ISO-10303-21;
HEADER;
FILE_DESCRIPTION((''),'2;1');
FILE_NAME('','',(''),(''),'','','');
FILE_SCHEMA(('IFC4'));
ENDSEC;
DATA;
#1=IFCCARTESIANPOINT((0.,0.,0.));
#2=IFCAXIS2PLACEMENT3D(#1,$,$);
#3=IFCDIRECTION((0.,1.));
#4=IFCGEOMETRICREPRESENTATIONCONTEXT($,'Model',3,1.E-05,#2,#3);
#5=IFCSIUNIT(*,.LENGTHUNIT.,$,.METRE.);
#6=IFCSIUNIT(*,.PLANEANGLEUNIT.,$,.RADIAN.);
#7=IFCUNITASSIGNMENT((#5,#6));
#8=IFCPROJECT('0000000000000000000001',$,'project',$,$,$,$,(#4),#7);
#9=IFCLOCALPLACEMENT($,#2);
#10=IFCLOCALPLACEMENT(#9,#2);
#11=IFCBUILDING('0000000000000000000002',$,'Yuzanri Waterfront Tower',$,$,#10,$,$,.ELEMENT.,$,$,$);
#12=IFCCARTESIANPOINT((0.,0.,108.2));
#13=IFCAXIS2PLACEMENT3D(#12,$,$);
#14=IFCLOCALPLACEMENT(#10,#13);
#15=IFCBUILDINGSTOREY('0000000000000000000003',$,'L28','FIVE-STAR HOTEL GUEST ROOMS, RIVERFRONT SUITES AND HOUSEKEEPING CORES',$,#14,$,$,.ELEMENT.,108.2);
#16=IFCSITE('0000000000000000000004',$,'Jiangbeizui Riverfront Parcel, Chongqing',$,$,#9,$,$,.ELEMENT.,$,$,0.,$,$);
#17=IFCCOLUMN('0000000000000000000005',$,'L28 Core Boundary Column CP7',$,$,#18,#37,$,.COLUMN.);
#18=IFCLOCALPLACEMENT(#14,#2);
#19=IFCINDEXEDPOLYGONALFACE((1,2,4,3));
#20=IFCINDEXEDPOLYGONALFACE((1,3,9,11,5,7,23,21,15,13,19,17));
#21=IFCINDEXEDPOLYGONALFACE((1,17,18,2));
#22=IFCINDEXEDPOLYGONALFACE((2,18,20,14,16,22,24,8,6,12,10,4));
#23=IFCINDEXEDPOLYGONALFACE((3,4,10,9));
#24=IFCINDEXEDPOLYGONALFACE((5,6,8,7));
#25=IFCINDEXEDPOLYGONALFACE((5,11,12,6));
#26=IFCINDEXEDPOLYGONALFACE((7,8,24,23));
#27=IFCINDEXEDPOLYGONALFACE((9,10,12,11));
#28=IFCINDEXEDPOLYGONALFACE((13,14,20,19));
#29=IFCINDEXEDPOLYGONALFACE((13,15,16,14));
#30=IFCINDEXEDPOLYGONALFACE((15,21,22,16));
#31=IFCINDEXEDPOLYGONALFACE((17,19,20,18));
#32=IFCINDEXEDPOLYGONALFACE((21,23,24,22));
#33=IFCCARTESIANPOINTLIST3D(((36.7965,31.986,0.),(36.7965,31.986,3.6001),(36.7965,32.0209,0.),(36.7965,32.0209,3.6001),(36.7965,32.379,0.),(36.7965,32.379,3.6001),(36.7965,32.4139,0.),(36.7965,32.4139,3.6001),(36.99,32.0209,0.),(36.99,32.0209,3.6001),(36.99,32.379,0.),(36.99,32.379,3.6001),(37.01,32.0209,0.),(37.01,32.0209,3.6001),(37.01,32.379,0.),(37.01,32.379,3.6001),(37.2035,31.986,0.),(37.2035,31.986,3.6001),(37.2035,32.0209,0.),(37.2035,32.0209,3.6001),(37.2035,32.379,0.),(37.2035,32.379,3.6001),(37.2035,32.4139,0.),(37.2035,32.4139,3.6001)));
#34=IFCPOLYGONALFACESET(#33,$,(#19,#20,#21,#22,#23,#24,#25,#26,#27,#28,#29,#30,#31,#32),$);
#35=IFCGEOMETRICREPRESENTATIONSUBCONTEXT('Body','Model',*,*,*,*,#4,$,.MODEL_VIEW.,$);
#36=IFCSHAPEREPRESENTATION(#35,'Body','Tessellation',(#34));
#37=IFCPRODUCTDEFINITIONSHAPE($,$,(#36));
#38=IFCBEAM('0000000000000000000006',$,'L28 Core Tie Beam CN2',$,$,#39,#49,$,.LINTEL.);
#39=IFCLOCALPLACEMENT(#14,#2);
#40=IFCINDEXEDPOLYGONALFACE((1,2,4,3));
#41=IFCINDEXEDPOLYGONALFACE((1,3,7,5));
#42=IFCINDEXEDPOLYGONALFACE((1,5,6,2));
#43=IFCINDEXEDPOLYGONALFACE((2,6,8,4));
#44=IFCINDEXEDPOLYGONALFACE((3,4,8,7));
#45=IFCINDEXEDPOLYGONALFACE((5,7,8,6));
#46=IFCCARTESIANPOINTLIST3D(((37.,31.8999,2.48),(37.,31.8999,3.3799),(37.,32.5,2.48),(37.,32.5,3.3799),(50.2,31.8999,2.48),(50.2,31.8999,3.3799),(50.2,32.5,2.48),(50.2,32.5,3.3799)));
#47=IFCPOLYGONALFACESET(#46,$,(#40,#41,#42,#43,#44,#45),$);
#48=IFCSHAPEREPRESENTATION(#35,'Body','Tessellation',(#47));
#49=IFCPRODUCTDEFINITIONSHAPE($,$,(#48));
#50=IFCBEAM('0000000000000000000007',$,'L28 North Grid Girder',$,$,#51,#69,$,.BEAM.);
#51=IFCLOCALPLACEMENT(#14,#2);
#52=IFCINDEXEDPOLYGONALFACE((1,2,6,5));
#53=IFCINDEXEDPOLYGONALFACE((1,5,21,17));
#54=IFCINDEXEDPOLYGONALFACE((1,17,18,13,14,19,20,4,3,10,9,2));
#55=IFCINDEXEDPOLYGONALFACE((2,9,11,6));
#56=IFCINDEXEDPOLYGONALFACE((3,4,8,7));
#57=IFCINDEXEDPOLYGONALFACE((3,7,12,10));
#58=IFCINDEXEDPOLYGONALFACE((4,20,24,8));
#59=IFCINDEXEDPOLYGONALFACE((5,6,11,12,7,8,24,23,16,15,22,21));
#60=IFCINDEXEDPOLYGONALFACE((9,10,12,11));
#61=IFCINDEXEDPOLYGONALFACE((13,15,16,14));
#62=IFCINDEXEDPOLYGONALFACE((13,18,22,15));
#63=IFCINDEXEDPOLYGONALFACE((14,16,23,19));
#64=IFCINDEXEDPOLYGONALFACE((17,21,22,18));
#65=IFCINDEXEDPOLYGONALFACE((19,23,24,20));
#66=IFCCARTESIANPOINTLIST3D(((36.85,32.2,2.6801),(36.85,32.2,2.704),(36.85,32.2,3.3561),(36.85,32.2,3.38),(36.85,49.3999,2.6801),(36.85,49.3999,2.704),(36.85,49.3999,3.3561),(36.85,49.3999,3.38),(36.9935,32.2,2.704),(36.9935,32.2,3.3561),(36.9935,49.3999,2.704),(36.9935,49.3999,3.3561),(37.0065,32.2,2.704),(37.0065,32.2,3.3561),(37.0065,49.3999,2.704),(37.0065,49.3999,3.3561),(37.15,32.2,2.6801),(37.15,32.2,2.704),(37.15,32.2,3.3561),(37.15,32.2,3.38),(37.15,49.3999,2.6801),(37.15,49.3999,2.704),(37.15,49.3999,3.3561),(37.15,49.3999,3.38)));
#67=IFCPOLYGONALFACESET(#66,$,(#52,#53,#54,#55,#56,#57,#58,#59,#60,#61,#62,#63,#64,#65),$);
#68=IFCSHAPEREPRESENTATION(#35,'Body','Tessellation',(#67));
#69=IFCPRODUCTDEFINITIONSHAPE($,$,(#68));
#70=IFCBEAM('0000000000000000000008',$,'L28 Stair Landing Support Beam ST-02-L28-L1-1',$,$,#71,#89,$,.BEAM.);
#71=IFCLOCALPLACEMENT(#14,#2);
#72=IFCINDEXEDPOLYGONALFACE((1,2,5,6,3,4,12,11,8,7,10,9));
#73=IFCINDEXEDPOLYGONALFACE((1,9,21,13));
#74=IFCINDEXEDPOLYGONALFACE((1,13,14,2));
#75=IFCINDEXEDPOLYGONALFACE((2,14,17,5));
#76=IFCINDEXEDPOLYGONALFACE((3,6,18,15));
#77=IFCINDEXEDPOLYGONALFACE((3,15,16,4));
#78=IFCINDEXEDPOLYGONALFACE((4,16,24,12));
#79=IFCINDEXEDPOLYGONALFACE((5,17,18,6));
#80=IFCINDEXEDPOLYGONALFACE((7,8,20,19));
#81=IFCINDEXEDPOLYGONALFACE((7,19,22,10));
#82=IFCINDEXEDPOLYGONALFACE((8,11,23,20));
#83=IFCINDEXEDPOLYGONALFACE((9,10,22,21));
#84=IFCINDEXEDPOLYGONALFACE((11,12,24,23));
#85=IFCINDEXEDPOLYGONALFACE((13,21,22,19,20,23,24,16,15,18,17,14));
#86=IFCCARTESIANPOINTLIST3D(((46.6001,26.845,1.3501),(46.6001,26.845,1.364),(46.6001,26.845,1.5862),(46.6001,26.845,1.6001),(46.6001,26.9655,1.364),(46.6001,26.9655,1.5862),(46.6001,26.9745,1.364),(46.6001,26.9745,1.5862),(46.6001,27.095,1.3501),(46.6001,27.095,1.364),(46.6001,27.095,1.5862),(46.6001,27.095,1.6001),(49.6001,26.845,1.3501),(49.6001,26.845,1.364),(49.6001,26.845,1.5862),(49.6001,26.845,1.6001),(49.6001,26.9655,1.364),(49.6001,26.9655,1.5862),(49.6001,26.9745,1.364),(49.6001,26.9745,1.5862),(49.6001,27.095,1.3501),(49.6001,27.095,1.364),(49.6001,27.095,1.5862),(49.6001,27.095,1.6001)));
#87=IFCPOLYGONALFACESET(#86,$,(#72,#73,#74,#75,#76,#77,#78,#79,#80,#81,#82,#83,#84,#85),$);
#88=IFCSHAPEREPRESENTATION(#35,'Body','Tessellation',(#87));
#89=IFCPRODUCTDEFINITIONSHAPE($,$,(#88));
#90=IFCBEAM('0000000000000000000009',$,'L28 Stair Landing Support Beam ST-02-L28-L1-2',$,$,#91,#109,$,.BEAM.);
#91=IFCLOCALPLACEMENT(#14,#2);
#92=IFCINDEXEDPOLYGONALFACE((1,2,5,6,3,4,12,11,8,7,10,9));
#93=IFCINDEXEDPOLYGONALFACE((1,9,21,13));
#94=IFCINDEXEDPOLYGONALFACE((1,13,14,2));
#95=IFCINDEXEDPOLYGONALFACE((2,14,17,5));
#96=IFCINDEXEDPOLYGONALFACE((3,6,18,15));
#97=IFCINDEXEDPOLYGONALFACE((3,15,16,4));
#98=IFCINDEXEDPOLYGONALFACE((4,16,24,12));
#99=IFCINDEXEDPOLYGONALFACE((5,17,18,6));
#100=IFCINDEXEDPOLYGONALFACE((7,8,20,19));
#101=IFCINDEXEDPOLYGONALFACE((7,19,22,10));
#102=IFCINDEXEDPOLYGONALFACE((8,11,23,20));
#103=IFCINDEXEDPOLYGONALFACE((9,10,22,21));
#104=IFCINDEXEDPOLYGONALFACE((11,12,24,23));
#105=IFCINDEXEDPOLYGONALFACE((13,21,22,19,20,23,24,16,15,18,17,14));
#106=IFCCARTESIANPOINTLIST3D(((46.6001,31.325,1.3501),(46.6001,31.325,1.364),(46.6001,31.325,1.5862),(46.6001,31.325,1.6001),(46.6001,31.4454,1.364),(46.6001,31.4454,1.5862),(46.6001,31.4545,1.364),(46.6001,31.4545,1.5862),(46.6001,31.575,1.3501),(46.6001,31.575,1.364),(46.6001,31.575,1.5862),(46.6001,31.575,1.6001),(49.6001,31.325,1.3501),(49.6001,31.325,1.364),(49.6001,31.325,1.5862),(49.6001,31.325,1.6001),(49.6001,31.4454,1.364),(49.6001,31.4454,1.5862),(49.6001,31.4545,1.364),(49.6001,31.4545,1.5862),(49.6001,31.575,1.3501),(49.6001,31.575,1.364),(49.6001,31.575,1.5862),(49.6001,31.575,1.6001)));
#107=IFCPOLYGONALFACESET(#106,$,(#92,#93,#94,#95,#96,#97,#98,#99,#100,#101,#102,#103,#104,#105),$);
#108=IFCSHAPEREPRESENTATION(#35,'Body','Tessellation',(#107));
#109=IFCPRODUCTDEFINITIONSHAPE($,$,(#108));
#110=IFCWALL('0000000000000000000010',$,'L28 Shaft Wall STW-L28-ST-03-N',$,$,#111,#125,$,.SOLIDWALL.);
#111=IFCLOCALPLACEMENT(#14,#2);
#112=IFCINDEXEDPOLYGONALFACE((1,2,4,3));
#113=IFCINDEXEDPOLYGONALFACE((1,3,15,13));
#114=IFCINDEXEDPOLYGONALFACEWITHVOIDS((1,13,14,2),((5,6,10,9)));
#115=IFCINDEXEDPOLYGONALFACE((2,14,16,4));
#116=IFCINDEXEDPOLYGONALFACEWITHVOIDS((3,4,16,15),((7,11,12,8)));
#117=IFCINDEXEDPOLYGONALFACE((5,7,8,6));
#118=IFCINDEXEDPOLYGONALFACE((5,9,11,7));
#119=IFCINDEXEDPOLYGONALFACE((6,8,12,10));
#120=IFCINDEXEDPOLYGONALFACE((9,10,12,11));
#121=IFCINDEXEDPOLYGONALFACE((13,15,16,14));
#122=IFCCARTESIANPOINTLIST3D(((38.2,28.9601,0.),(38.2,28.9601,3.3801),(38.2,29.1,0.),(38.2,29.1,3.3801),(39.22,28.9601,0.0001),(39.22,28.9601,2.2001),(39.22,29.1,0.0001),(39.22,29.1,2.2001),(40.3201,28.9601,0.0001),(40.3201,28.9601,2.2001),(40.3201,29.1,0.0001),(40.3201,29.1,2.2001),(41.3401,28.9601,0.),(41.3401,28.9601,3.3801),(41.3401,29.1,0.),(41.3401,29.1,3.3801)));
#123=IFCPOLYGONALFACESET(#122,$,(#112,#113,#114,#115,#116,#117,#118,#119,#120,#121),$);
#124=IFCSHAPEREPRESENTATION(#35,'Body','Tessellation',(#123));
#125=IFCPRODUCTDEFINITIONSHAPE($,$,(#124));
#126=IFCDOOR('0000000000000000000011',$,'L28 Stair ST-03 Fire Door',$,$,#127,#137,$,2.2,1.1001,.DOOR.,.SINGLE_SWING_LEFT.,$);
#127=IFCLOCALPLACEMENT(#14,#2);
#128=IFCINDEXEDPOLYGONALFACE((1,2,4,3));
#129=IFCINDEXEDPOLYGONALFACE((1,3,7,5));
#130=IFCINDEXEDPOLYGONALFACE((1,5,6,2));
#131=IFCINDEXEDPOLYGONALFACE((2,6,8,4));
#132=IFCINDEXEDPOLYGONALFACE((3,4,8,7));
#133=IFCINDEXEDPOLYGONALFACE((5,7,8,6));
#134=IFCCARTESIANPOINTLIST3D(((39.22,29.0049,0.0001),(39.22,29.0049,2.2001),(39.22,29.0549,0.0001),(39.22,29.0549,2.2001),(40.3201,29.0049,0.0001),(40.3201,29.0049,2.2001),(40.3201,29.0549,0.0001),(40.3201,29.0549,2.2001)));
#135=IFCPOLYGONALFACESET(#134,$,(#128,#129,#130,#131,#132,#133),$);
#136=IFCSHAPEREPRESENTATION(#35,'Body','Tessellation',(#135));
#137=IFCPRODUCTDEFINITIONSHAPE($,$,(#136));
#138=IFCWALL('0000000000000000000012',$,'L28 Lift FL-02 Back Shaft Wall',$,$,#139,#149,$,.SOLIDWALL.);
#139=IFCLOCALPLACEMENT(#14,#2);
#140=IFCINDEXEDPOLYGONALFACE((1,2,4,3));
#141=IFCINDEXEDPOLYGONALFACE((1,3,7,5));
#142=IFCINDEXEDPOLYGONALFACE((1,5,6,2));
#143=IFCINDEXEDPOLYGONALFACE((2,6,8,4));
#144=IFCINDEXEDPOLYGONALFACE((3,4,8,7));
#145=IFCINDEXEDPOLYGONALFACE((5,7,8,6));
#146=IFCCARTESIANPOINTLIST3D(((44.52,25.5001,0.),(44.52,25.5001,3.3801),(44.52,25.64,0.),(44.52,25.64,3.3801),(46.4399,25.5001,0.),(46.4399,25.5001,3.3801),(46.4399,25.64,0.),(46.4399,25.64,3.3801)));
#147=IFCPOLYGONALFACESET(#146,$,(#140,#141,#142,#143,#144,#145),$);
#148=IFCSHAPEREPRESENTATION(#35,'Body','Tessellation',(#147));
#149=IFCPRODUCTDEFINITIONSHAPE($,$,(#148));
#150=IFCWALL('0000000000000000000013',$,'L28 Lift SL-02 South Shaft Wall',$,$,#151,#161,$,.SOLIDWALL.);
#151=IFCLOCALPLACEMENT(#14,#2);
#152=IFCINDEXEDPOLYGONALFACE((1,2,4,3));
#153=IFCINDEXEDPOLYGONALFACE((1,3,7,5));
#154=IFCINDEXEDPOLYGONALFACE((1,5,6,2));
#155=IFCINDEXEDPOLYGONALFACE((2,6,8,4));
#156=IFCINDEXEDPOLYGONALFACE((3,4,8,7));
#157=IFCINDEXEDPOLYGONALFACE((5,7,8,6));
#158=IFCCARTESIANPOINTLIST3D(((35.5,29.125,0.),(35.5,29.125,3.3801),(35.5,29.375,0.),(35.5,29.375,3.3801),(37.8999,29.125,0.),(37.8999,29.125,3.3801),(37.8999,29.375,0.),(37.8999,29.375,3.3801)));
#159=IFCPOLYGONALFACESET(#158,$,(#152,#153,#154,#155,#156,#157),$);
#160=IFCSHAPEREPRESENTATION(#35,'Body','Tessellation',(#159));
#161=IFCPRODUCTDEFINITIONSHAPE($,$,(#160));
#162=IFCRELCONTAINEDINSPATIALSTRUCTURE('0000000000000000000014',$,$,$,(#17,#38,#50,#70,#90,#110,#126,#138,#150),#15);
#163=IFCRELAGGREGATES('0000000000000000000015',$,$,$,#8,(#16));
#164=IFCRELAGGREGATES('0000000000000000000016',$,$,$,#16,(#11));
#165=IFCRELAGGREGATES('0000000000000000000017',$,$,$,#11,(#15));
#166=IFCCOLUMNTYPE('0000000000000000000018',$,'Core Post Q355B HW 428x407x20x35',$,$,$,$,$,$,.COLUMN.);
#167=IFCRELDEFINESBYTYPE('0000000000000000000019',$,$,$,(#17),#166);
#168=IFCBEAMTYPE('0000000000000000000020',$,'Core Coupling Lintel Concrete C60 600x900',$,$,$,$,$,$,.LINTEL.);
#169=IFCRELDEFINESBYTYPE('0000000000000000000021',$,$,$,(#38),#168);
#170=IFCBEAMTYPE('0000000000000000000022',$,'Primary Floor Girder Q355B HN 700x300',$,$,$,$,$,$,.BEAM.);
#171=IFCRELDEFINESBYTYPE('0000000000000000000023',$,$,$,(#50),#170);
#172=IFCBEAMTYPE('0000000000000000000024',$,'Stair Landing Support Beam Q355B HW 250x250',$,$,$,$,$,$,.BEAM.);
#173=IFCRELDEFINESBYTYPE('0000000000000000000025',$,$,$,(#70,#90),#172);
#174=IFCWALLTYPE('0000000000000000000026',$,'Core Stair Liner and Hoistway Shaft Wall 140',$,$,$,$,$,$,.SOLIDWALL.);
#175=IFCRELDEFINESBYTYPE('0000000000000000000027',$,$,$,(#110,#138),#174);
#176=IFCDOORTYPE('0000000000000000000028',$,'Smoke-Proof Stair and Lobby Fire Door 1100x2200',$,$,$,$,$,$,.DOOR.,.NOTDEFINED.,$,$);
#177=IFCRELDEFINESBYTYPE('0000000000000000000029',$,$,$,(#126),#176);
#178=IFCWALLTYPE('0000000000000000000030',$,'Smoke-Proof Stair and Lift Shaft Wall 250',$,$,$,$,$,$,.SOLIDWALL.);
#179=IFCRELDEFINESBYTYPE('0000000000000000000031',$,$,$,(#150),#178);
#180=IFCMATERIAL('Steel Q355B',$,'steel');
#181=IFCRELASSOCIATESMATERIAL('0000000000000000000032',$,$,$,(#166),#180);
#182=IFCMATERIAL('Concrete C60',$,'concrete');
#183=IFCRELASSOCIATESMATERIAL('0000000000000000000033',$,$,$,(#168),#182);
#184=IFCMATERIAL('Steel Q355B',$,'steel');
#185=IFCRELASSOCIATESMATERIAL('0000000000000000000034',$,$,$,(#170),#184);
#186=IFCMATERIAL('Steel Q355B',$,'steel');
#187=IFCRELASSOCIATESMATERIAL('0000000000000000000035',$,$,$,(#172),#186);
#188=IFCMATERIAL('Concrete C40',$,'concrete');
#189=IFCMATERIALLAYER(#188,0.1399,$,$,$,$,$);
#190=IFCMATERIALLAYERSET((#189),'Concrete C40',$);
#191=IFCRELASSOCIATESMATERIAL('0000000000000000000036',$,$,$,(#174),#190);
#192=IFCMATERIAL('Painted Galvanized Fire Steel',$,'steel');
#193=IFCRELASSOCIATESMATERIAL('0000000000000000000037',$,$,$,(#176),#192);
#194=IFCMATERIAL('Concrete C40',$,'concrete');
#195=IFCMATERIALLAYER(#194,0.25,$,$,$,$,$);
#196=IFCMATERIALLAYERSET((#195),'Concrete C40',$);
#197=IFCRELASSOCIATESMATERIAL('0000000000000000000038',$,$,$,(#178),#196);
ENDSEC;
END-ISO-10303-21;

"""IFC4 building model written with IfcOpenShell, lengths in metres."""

from ifc_helpers import new_model, si_unit, direction, frame, frame_2d, origin, origin_2d, place, context, subcontext, project, spatial, rectangle, i_section, extrude, source, transform, mapped, material, layer, layer_set, material_profile, profile_set, type_object, element, fill, save


model = new_model("IFC4")

# Units and contexts
model_context = context("Model", 3, precision=1e-05, world=origin(), true_north=direction((0.0, 1.0)))
body_context = subcontext(model_context, "Body", "Model", "MODEL_VIEW")
ifc_project = project(units=[si_unit("LENGTHUNIT", "METRE"), si_unit("PLANEANGLEUNIT", "RADIAN")], contexts=[model_context])

# Site, building, storey
site_placement = place(None, origin())
site = spatial("IfcSite", under=ifc_project, at=site_placement, Name="Jiangbeizui Riverfront Parcel, Chongqing", CompositionType="ELEMENT", RefElevation=0.0)
building_placement = place(site_placement, origin())
building = spatial("IfcBuilding", under=site, at=building_placement, Name="Yuzanri Waterfront Tower", CompositionType="ELEMENT")
storey_placement = place(building_placement, frame((0.0, 0.0, 108.2)))
storey = spatial("IfcBuildingStorey", under=building, at=storey_placement, Name="L28", Description="FIVE-STAR HOTEL GUEST ROOMS, RIVERFRONT SUITES AND HOUSEKEEPING CORES", CompositionType="ELEMENT", Elevation=108.2)

# Column
ifc_material_1 = material(Name="Steel Q355B", Category="steel")
ifc_material_profile_1 = material_profile(ifc_material_1, i_section(OverallWidth=0.407, OverallDepth=0.428, WebThickness=0.02, FlangeThickness=0.0349, at=origin_2d()), Name="HW 428x407x20x35")
ifc_profile_set_1 = profile_set([ifc_material_profile_1], Name="Steel Q355B")
column_type = type_object("IfcColumnType", Name="Core Post Q355B HW 428x407x20x35", PredefinedType="COLUMN", material=ifc_profile_set_1)
shared_shape_1 = source(origin(), body_context, "Body", "SweptSolid", [
    extrude(i_section(OverallWidth=0.407, OverallDepth=0.428, WebThickness=0.02, FlangeThickness=0.0349, at=origin_2d()), origin(), (0.0, 0.0, 1.0), 3.6001),
])
column_placement = place(storey_placement, frame((37.0, 32.2, 0.0), z_axis=(0.0, 0.0, 1.0), x_axis=(1.0, 0.0, 0.0)))
element("IfcColumn", 1, at=column_placement, inside=storey, type_object=column_type, Name="L28 Core Boundary Column CP7", PredefinedType="COLUMN", context=body_context, shape_type="MappedRepresentation", body=[
    mapped(shared_shape_1, transform((0.0, 0.0, 0.0), scale=1.0)),
])

# Beams
ifc_material_2 = material(Name="Concrete C60", Category="concrete")
ifc_material_profile_2 = material_profile(ifc_material_2, rectangle(XDim=0.6001, YDim=0.8999, at=origin_2d()), Name="RC 600x900")
ifc_profile_set_2 = profile_set([ifc_material_profile_2], Name="Concrete C60")
beam_type_1 = type_object("IfcBeamType", Name="Core Coupling Lintel Concrete C60 600x900", PredefinedType="LINTEL", material=ifc_profile_set_2)
shared_shape_2 = source(origin(), body_context, "Body", "SweptSolid", [
    extrude(rectangle(XDim=0.6001, YDim=0.8999, at=origin_2d()), origin(), (0.0, 0.0, 1.0), 13.2),
])
beam_1_placement = place(storey_placement, frame((37.0, 32.2, 2.9299), z_axis=(1.0, 0.0, 0.0), x_axis=(0.0, 1.0, 0.0)))
element("IfcBeam", 2, at=beam_1_placement, inside=storey, type_object=beam_type_1, Name="L28 Core Tie Beam CN2", PredefinedType="LINTEL", context=body_context, shape_type="MappedRepresentation", body=[
    mapped(shared_shape_2, transform((0.0, 0.0, 0.0), scale=1.0)),
])
ifc_material_3 = material(Name="Steel Q355B", Category="steel")
ifc_material_profile_3 = material_profile(ifc_material_3, i_section(OverallWidth=0.3, OverallDepth=0.7, WebThickness=0.0129, FlangeThickness=0.0239, at=origin_2d()), Name="HN 700x300x13x24")
ifc_profile_set_3 = profile_set([ifc_material_profile_3], Name="Steel Q355B")
beam_type_2 = type_object("IfcBeamType", Name="Primary Floor Girder Q355B HN 700x300", PredefinedType="BEAM", material=ifc_profile_set_3)
shared_shape_3 = source(origin(), body_context, "Body", "SweptSolid", [
    extrude(i_section(OverallWidth=0.3, OverallDepth=0.7, WebThickness=0.0129, FlangeThickness=0.0239, at=origin_2d()), origin(), (0.0, 0.0, 1.0), 17.2),
])
beam_2_placement = place(storey_placement, frame((37.0, 32.2, 3.03), z_axis=(0.0, 1.0, 0.0), x_axis=(-1.0, 0.0, 0.0)))
element("IfcBeam", 3, at=beam_2_placement, inside=storey, type_object=beam_type_2, Name="L28 North Grid Girder", PredefinedType="BEAM", context=body_context, shape_type="MappedRepresentation", body=[
    mapped(shared_shape_3, transform((0.0, 0.0, 0.0), scale=1.0)),
])
ifc_material_4 = material(Name="Steel Q355B", Category="steel")
ifc_material_profile_4 = material_profile(ifc_material_4, i_section(OverallWidth=0.25, OverallDepth=0.25, WebThickness=0.009, FlangeThickness=0.0139, at=origin_2d()), Name="HW 250x250x9x14")
ifc_profile_set_4 = profile_set([ifc_material_profile_4], Name="Steel Q355B")
beam_type_3 = type_object("IfcBeamType", Name="Stair Landing Support Beam Q355B HW 250x250", PredefinedType="BEAM", material=ifc_profile_set_4)
shared_shape_4 = source(origin(), body_context, "Body", "SweptSolid", [
    extrude(i_section(OverallWidth=0.25, OverallDepth=0.25, WebThickness=0.009, FlangeThickness=0.0139, at=origin_2d()), origin(), (0.0, 0.0, 1.0), 3.0),
])
for number, where, z_axis, x_axis, name in (
    (4, (46.6001, 26.97, 1.4751), (1.0, 0.0, 0.0), (0.0, 1.0, 0.0), "L28 Stair Landing Support Beam ST-02-L28-L1-1"),
    (5, (46.6001, 31.45, 1.4751), (1.0, 0.0, 0.0), (0.0, 1.0, 0.0), "L28 Stair Landing Support Beam ST-02-L28-L1-2"),
):
    element("IfcBeam", number, at=place(storey_placement, frame(where, z_axis=z_axis, x_axis=x_axis)), inside=storey, type_object=beam_type_3, Name=name, PredefinedType="BEAM", context=body_context, shape_type="MappedRepresentation", body=[
        mapped(shared_shape_4, transform((0.0, 0.0, 0.0), scale=1.0)),
    ])

# Wall, opening, door
ifc_material_5 = material(Name="Concrete C40", Category="concrete")
ifc_layer_1 = layer(ifc_material_5, 0.1399)
ifc_layer_set_1 = layer_set([ifc_layer_1], Name="Concrete C40")
wall_type_1 = type_object("IfcWallType", Name="Core Stair Liner and Hoistway Shaft Wall 140", PredefinedType="SOLIDWALL", material=ifc_layer_set_1)
wall_1_placement = place(storey_placement, frame((38.2, 29.03, 0.0), z_axis=(0.0, 0.0, 1.0), x_axis=(1.0, 0.0, 0.0)))
wall_1 = element("IfcWall", 6, at=wall_1_placement, inside=storey, type_object=wall_type_1, Name="L28 Shaft Wall STW-L28-ST-03-N", PredefinedType="SOLIDWALL", context=body_context, shape_type="SweptSolid", body=[
    extrude(rectangle(XDim=3.1401, YDim=0.1399, at=frame_2d((1.5701, 0.0))), origin(), (0.0, 0.0, 1.0), 3.3801),
])
opening_placement = place(wall_1_placement, frame((1.02, 0.0, 0.0)))
opening = element("IfcOpeningElement", 7, at=opening_placement, cuts=wall_1, PredefinedType="OPENING", context=body_context, shape_type="SweptSolid", body=[
    extrude(rectangle(XDim=1.1001, YDim=2.2, at=frame_2d((0.55, 1.1001))), frame((0.0, 0.085, 0.0), z_axis=(0.0, -1.0, 0.0), x_axis=(1.0, 0.0, 0.0)), (0.0, 0.0, 1.0), 0.1697),
])
ifc_material_6 = material(Name="Painted Galvanized Fire Steel", Category="steel")
door_type = type_object("IfcDoorType", Name="Smoke-Proof Stair and Lobby Fire Door 1100x2200", OperationType="NOTDEFINED", PredefinedType="DOOR", material=ifc_material_6)
shared_shape_5 = source(origin(), body_context, "Body", "SweptSolid", [
    extrude(rectangle(XDim=1.1001, YDim=2.2, at=frame_2d((0.55, 1.1001))), frame((0.0, 0.0249, 0.0), z_axis=(0.0, -1.0, 0.0), x_axis=(1.0, 0.0, 0.0)), (0.0, 0.0, 1.0), 0.05),
])
door_placement = place(opening_placement, origin())
door = element("IfcDoor", 8, at=door_placement, inside=storey, type_object=door_type, Name="L28 Stair ST-03 Fire Door", OperationType="SINGLE_SWING_LEFT", OverallHeight=2.2, OverallWidth=1.1001, PredefinedType="DOOR", context=body_context, shape_type="MappedRepresentation", body=[
    mapped(shared_shape_5, transform((0.0, 0.0, 0.0), scale=1.0)),
])
fill(opening, door)

# Walls
shared_shape_6 = source(origin(), body_context, "Body", "SweptSolid", [
    extrude(rectangle(XDim=1.9199, YDim=0.1399, at=frame_2d((0.96, 0.0))), origin(), (0.0, 0.0, 1.0), 3.3801),
])
wall_2_placement = place(storey_placement, frame((44.52, 25.5701, 0.0), z_axis=(0.0, 0.0, 1.0), x_axis=(1.0, 0.0, 0.0)))
element("IfcWall", 9, at=wall_2_placement, inside=storey, type_object=wall_type_1, Name="L28 Lift FL-02 Back Shaft Wall", PredefinedType="SOLIDWALL", context=body_context, shape_type="MappedRepresentation", body=[
    mapped(shared_shape_6, transform((0.0, 0.0, 0.0), scale=1.0)),
])
ifc_material_7 = material(Name="Concrete C40", Category="concrete")
ifc_layer_2 = layer(ifc_material_7, 0.25)
ifc_layer_set_2 = layer_set([ifc_layer_2], Name="Concrete C40")
wall_type_2 = type_object("IfcWallType", Name="Smoke-Proof Stair and Lift Shaft Wall 250", PredefinedType="SOLIDWALL", material=ifc_layer_set_2)
shared_shape_7 = source(origin(), body_context, "Body", "SweptSolid", [
    extrude(rectangle(XDim=2.3999, YDim=0.25, at=frame_2d((1.2, 0.0))), origin(), (0.0, 0.0, 1.0), 3.3801),
])
wall_3_placement = place(storey_placement, frame((35.5, 29.25, 0.0), z_axis=(0.0, 0.0, 1.0), x_axis=(1.0, 0.0, 0.0)))
element("IfcWall", 10, at=wall_3_placement, inside=storey, type_object=wall_type_2, Name="L28 Lift SL-02 South Shaft Wall", PredefinedType="SOLIDWALL", context=body_context, shape_type="MappedRepresentation", body=[
    mapped(shared_shape_7, transform((0.0, 0.0, 0.0), scale=1.0)),
])

save(model, "model.ifc")
